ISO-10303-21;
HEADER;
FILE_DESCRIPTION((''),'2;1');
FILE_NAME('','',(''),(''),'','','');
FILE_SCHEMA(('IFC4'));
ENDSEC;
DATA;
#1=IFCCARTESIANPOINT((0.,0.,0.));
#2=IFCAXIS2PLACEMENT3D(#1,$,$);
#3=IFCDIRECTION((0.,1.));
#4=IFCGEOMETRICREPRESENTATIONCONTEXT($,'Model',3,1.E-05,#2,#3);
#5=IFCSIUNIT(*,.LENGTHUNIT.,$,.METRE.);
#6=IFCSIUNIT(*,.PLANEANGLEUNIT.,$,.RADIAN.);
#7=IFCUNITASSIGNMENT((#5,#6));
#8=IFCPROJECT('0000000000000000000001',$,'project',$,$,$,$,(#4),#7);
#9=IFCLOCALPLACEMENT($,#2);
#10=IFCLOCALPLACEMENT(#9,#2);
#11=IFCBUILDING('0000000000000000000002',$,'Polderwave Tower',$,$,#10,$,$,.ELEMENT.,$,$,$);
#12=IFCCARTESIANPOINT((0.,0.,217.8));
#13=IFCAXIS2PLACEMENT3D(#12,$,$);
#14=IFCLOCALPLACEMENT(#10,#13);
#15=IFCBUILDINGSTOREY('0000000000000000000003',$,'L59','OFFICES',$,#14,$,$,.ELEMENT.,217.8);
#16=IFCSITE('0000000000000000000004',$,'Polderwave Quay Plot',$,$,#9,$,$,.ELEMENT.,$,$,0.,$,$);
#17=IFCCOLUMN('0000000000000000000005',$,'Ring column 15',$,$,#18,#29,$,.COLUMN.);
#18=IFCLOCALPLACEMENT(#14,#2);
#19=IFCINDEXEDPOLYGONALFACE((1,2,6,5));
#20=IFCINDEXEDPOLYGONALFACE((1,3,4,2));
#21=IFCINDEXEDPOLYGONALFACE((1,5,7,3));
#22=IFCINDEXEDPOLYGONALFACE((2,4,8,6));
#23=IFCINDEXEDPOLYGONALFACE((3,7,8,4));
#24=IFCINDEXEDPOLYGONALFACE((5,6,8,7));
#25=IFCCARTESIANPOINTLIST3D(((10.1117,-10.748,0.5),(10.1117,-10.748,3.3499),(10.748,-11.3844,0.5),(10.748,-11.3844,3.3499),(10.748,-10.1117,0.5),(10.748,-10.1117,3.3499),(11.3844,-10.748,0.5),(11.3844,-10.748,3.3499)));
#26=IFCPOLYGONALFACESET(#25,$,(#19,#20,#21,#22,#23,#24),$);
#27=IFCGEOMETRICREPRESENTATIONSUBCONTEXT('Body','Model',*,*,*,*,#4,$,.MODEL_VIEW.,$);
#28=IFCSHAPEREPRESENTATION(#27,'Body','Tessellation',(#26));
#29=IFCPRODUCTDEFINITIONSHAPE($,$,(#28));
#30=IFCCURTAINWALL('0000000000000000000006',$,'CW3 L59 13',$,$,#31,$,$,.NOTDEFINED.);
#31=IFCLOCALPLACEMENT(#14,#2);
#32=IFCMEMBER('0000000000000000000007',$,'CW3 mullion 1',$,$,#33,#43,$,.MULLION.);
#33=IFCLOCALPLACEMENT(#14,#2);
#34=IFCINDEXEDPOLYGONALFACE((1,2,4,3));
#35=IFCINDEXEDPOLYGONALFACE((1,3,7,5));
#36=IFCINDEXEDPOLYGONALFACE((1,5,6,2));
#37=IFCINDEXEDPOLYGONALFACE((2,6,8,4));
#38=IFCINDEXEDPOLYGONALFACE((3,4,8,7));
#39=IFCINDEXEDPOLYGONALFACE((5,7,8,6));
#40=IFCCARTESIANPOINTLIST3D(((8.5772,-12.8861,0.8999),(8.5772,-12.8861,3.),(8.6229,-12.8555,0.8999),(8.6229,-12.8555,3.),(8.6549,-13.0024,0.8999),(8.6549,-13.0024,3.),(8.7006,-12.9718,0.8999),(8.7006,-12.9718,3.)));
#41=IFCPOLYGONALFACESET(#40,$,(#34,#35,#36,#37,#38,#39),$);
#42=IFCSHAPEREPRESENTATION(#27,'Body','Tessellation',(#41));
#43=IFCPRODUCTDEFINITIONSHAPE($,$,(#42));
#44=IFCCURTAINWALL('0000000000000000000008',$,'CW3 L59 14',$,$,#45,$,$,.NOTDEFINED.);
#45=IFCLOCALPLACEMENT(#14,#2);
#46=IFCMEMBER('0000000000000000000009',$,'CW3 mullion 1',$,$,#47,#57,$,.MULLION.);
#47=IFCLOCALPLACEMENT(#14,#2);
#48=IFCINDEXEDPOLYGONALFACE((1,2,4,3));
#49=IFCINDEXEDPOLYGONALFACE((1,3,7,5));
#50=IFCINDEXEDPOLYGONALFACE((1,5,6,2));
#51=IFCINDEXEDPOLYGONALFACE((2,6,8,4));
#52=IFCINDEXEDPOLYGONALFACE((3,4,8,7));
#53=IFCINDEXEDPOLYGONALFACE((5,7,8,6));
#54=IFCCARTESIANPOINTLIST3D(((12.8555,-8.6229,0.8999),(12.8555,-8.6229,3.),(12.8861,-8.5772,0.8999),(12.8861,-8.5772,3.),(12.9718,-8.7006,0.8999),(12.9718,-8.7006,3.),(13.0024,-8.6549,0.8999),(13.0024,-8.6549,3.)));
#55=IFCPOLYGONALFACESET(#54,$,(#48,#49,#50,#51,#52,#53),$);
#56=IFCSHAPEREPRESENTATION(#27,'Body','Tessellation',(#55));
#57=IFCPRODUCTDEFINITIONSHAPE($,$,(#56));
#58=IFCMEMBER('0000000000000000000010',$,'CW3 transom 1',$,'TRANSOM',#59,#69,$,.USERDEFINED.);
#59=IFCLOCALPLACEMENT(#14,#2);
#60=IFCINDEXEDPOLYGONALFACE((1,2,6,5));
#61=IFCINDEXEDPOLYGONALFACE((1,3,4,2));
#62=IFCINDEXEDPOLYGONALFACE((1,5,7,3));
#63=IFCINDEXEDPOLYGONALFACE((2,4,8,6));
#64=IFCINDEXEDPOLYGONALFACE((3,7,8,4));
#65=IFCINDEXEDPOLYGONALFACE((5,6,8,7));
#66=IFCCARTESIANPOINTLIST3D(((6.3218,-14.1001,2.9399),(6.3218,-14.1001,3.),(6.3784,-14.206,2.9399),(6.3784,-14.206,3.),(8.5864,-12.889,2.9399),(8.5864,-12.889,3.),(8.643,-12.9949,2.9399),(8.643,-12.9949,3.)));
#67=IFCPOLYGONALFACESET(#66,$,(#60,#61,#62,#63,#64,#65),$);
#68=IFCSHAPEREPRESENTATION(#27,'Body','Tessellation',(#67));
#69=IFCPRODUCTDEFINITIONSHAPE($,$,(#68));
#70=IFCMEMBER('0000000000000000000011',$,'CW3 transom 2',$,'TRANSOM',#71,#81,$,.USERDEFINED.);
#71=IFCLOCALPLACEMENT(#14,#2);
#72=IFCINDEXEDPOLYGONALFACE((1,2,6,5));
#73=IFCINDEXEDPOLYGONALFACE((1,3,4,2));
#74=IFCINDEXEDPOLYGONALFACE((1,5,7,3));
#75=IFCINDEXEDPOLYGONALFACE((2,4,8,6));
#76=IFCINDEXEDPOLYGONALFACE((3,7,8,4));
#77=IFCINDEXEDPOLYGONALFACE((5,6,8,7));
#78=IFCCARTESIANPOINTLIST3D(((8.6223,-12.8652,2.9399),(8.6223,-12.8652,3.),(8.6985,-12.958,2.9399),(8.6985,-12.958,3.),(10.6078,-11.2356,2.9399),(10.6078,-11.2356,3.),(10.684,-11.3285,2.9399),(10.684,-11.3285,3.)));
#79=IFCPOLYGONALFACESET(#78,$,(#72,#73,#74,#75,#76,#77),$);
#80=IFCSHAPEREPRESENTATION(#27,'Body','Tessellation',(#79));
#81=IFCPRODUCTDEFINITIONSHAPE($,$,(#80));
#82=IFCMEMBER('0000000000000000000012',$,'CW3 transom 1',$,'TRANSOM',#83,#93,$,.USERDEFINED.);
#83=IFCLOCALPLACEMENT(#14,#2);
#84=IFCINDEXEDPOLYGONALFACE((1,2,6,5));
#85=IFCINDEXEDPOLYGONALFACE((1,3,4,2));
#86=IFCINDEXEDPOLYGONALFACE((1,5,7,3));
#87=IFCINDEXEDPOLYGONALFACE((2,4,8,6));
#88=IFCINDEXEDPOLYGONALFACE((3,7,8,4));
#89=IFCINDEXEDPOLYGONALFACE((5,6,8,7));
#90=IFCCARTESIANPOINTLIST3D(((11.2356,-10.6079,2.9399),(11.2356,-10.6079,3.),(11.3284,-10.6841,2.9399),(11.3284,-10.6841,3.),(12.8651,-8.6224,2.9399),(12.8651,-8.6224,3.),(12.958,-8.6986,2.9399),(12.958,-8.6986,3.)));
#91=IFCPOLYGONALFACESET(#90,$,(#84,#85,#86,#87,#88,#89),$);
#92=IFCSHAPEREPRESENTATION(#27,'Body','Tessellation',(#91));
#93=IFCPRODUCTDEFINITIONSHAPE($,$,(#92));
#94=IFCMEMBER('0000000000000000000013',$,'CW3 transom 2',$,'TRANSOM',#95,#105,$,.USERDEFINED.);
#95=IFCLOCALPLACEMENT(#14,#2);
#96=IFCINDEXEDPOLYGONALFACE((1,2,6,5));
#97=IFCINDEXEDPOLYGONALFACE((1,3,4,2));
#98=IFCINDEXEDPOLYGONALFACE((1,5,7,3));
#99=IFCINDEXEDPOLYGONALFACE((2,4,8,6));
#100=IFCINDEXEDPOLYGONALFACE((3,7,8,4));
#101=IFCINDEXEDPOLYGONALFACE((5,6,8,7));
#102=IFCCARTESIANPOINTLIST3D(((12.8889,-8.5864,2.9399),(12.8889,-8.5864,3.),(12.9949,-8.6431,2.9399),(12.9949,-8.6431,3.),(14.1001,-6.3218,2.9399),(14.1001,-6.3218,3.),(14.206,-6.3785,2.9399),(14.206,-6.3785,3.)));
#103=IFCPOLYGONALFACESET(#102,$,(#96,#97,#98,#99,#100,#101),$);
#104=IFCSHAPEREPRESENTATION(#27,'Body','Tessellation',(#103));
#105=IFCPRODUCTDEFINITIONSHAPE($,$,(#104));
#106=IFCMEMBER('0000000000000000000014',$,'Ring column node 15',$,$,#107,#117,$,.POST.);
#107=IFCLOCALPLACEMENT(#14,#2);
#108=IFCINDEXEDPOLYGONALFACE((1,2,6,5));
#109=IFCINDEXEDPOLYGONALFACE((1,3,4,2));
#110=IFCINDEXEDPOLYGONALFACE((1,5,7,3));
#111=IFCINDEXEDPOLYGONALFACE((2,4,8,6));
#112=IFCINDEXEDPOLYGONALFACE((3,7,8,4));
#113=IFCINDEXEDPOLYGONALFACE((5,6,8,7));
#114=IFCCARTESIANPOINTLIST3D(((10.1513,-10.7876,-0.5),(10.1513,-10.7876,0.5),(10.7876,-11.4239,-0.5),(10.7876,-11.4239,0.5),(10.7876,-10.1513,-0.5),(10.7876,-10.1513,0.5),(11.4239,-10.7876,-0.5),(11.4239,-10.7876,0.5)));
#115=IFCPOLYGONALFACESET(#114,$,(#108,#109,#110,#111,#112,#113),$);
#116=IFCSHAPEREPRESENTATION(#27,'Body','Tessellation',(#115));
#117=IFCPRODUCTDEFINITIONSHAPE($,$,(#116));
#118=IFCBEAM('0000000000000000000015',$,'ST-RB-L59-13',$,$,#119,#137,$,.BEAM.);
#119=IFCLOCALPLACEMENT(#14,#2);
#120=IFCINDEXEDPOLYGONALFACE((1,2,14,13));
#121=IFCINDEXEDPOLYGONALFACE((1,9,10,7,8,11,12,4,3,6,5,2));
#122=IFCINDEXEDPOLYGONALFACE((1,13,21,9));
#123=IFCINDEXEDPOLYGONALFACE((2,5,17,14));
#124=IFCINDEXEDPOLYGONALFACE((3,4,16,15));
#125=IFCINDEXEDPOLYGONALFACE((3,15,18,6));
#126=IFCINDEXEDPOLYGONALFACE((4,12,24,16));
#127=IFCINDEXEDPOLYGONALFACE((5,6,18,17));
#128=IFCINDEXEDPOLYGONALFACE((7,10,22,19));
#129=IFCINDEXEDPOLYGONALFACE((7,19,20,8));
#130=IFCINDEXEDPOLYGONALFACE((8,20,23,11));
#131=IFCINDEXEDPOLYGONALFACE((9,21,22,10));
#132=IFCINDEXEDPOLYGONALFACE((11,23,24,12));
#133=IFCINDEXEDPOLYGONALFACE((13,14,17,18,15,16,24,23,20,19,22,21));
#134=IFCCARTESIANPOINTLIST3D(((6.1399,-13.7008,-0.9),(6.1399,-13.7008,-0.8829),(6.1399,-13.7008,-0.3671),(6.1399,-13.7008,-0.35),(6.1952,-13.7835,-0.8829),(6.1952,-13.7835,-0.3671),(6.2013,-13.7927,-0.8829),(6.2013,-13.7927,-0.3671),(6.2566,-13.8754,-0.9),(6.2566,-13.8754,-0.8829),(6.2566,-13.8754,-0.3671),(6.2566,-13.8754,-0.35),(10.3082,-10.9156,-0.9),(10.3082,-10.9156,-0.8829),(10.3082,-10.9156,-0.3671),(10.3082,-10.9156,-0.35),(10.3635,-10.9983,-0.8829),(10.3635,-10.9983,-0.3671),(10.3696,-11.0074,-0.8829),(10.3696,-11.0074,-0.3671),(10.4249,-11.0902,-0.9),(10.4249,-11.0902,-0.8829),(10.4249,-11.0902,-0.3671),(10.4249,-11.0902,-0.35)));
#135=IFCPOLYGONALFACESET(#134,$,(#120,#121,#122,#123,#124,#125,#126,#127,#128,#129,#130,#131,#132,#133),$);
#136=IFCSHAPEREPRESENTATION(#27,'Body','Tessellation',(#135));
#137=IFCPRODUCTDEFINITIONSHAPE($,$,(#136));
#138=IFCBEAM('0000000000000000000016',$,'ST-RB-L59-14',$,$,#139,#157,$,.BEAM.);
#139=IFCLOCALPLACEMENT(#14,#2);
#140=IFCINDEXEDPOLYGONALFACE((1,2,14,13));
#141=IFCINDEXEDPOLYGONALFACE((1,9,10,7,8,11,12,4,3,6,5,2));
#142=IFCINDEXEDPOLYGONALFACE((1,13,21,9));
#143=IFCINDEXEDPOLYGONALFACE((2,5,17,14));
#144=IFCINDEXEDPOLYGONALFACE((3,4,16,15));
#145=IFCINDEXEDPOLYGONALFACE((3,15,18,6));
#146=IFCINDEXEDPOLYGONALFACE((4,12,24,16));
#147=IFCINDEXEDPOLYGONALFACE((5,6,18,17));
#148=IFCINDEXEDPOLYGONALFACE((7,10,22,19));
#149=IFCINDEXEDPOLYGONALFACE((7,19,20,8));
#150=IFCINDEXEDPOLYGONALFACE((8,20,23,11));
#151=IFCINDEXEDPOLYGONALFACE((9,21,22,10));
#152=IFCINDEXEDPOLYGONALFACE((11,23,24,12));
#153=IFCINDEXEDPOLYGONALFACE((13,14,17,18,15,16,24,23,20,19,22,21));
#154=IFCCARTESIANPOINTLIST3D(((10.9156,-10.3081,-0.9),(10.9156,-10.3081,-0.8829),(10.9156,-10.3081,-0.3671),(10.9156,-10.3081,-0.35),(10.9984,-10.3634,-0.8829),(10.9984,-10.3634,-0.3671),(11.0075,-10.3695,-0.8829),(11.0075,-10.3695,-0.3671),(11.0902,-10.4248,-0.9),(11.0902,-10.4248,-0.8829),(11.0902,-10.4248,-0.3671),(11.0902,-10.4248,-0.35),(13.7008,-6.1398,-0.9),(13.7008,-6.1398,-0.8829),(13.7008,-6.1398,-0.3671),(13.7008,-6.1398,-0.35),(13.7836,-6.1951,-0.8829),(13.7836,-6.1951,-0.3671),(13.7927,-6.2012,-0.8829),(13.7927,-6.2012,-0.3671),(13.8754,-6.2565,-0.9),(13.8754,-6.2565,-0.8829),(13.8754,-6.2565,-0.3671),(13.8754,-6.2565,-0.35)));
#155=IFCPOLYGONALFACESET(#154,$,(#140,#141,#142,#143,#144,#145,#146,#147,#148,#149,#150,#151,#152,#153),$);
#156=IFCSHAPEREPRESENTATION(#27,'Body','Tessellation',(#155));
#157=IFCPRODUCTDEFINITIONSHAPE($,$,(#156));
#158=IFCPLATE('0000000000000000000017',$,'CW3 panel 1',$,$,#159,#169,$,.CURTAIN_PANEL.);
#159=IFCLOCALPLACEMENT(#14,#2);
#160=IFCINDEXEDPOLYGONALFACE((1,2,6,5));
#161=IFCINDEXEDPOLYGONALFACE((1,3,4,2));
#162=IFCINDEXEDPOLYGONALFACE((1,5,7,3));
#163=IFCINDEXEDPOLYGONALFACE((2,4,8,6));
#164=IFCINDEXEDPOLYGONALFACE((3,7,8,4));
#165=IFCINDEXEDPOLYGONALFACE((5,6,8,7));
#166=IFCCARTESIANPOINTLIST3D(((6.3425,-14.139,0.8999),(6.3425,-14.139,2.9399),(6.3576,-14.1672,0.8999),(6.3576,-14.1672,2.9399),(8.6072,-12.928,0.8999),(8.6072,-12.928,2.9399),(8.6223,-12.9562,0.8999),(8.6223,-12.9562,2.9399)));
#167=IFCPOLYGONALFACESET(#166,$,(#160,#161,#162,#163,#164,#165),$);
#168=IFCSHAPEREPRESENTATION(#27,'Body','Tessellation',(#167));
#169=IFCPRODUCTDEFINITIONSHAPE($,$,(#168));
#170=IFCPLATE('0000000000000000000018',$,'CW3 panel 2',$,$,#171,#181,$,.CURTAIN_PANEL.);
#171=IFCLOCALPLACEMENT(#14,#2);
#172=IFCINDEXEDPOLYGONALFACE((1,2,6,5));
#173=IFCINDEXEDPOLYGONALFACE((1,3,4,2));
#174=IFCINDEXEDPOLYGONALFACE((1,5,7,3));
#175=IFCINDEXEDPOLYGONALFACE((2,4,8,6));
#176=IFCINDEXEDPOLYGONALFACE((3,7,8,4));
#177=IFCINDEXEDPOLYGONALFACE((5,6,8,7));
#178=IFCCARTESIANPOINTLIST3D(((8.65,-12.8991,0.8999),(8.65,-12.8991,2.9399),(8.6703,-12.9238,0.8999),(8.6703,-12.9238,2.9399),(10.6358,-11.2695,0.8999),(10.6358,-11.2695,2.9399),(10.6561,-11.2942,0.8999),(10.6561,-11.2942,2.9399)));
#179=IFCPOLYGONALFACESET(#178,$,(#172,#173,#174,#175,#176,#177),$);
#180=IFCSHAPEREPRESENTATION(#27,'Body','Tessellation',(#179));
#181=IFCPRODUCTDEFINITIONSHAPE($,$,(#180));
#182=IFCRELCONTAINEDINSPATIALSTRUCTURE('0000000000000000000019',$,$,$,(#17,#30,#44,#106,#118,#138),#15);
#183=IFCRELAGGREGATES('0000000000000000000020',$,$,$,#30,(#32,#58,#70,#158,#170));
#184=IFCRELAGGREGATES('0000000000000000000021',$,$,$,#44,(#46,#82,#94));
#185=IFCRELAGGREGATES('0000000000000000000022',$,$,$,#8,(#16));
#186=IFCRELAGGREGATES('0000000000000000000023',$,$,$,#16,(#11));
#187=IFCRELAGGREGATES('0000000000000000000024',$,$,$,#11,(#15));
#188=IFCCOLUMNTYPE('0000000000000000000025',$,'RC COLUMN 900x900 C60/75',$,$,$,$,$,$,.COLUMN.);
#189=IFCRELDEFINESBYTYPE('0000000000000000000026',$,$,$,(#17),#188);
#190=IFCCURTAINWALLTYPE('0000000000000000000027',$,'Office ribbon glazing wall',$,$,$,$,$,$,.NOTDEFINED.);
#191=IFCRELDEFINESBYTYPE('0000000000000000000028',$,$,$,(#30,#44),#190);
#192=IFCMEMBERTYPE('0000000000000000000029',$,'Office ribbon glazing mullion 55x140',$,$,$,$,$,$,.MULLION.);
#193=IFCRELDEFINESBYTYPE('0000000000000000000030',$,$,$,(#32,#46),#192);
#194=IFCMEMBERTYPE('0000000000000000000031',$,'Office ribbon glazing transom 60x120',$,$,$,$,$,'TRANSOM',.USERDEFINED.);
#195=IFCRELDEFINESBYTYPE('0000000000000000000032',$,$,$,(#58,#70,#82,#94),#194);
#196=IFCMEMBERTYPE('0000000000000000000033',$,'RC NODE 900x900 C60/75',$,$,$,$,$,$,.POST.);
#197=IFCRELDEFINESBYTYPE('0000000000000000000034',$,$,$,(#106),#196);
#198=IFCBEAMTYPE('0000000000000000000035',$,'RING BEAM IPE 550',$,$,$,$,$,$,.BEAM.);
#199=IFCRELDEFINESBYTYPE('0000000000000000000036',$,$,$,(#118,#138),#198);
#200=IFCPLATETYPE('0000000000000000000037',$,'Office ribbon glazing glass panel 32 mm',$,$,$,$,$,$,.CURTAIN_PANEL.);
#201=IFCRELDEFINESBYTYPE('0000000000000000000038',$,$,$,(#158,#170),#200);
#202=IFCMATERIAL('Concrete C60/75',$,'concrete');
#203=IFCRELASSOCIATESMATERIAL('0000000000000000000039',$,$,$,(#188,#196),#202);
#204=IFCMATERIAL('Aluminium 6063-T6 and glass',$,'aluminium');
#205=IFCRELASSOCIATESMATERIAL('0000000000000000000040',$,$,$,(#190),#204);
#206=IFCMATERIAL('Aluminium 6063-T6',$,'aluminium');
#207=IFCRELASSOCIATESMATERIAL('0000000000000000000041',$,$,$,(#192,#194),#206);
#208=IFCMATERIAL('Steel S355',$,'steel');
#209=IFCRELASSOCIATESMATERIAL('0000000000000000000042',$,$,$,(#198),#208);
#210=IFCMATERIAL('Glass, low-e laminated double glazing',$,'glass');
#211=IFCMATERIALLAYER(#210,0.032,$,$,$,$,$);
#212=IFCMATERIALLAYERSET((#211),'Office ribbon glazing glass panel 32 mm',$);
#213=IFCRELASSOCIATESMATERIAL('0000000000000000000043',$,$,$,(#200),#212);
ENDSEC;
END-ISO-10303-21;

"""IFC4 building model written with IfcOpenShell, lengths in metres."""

from ifc_helpers import new_model, si_unit, direction, frame, origin, origin_2d, place, context, subcontext, project, spatial, rectangle, i_section, extrude, material, layer, layer_set, material_profile, profile_set, type_object, element, aggregate, save


model = new_model("IFC4")

# Units and contexts
model_context = context("Model", 3, precision=1e-05, world=origin(), true_north=direction((0.0, 1.0)))
body_context = subcontext(model_context, "Body", "Model", "MODEL_VIEW")
ifc_project = project(units=[si_unit("LENGTHUNIT", "METRE"), si_unit("PLANEANGLEUNIT", "RADIAN")], contexts=[model_context])

# Site, building, storey
site_placement = place(None, origin())
site = spatial("IfcSite", under=ifc_project, at=site_placement, Name="Polderwave Quay Plot", CompositionType="ELEMENT", RefElevation=0.0)
building_placement = place(site_placement, origin())
building = spatial("IfcBuilding", under=site, at=building_placement, Name="Polderwave Tower", CompositionType="ELEMENT")
storey_placement = place(building_placement, frame((0.0, 0.0, 217.8)))
storey = spatial("IfcBuildingStorey", under=building, at=storey_placement, Name="L59", Description="OFFICES", CompositionType="ELEMENT", Elevation=217.8)

# Column
ifc_material_1 = material(Name="Concrete C60/75", Category="concrete")
ifc_material_profile_1 = material_profile(ifc_material_1, rectangle(XDim=0.8999, YDim=0.8999, at=origin_2d()), Name="RC 900x900")
ifc_profile_set_1 = profile_set([ifc_material_profile_1], Name="Concrete C60/75")
column_type = type_object("IfcColumnType", Name="RC COLUMN 900x900 C60/75", PredefinedType="COLUMN", material=ifc_profile_set_1)
column_placement = place(storey_placement, frame((10.748, -10.748, 0.5), z_axis=(0.0, 0.0, 1.0), x_axis=(0.707107, -0.707107, 0.0)))
element("IfcColumn", 1, at=column_placement, inside=storey, type_object=column_type, Name="Ring column 15", PredefinedType="COLUMN", context=body_context, shape_type="SweptSolid", body=[
    extrude(rectangle(XDim=0.8999, YDim=0.8999, at=origin_2d()), origin(), (0.0, 0.0, 1.0), 2.8499),
])

# Curtain walls, members
ifc_material_2 = material(Name="Aluminium 6063-T6 and glass", Category="aluminium")
curtain_wall_type = type_object("IfcCurtainWallType", Name="Office ribbon glazing wall", PredefinedType="NOTDEFINED", material=ifc_material_2)
curtain_wall_1_placement = place(storey_placement, origin())
curtain_wall_1 = element("IfcCurtainWall", 2, at=curtain_wall_1_placement, inside=storey, type_object=curtain_wall_type, Name="CW3 L59 13", PredefinedType="NOTDEFINED")
ifc_material_3 = material(Name="Aluminium 6063-T6", Category="aluminium")
ifc_material_profile_2 = material_profile(ifc_material_3, rectangle(XDim=0.1399, YDim=0.0549, at=origin_2d()), Name="AL 55x140")
ifc_profile_set_2 = profile_set([ifc_material_profile_2], Name="Aluminium 6063-T6")
member_type_1 = type_object("IfcMemberType", Name="Office ribbon glazing mullion 55x140", PredefinedType="MULLION", material=ifc_profile_set_2)
member_1_placement = place(storey_placement, frame((8.6389, -12.929, 0.8999), z_axis=(0.0, 0.0, 1.0), x_axis=(-0.555628, 0.831431, 0.0)))
member_1 = element("IfcMember", 3, at=member_1_placement, type_object=member_type_1, Name="CW3 mullion 1", PredefinedType="MULLION", context=body_context, shape_type="SweptSolid", body=[
    extrude(rectangle(XDim=0.1399, YDim=0.0549, at=origin_2d()), origin(), (0.0, 0.0, 1.0), 2.1001),
])
curtain_wall_2_placement = place(storey_placement, origin())
curtain_wall_2 = element("IfcCurtainWall", 4, at=curtain_wall_2_placement, inside=storey, type_object=curtain_wall_type, Name="CW3 L59 14", PredefinedType="NOTDEFINED")
member_2_placement = place(storey_placement, frame((12.929, -8.6389, 0.8999), z_axis=(0.0, 0.0, 1.0), x_axis=(-0.831431, 0.555628, 0.0)))
member_2 = element("IfcMember", 5, at=member_2_placement, type_object=member_type_1, Name="CW3 mullion 1", PredefinedType="MULLION", context=body_context, shape_type="SweptSolid", body=[
    extrude(rectangle(XDim=0.1399, YDim=0.0549, at=origin_2d()), origin(), (0.0, 0.0, 1.0), 2.1001),
])

# Members
ifc_material_profile_3 = material_profile(ifc_material_3, rectangle(XDim=0.1201, YDim=0.0601, at=origin_2d()), Name="AL 60x120")
ifc_profile_set_3 = profile_set([ifc_material_profile_3], Name="Aluminium 6063-T6")
member_type_2 = type_object("IfcMemberType", Name="Office ribbon glazing transom 60x120", ElementType="TRANSOM", PredefinedType="USERDEFINED", material=ifc_profile_set_3)
member_3_placement = place(storey_placement, frame((6.3501, -14.1531, 2.97), z_axis=(0.881808, 0.471609, 0.0), x_axis=(-0.471609, 0.881808, 0.0)))
member_3 = element("IfcMember", 6, at=member_3_placement, type_object=member_type_2, Name="CW3 transom 1", ObjectType="TRANSOM", PredefinedType="USERDEFINED", context=body_context, shape_type="SweptSolid", body=[
    extrude(rectangle(XDim=0.1201, YDim=0.0601, at=origin_2d()), origin(), (0.0, 0.0, 1.0), 2.5681),
])
member_4_placement = place(storey_placement, frame((8.6604, -12.9116, 2.97), z_axis=(0.772991, 0.634417, 0.0), x_axis=(-0.634417, 0.772991, 0.0)))
member_4 = element("IfcMember", 7, at=member_4_placement, type_object=member_type_2, Name="CW3 transom 2", ObjectType="TRANSOM", PredefinedType="USERDEFINED", context=body_context, shape_type="SweptSolid", body=[
    extrude(rectangle(XDim=0.1201, YDim=0.0601, at=origin_2d()), origin(), (0.0, 0.0, 1.0), 2.5686),
])
member_5_placement = place(storey_placement, frame((11.282, -10.646, 2.97), z_axis=(0.634417, 0.772991, 0.0), x_axis=(-0.772991, 0.634417, 0.0)))
member_5 = element("IfcMember", 8, at=member_5_placement, type_object=member_type_2, Name="CW3 transom 1", ObjectType="TRANSOM", PredefinedType="USERDEFINED", context=body_context, shape_type="SweptSolid", body=[
    extrude(rectangle(XDim=0.1201, YDim=0.0601, at=origin_2d()), origin(), (0.0, 0.0, 1.0), 2.5686),
])
member_6_placement = place(storey_placement, frame((12.9419, -8.6147, 2.97), z_axis=(0.471609, 0.881808, 0.0), x_axis=(-0.881808, 0.471609, 0.0)))
member_6 = element("IfcMember", 9, at=member_6_placement, type_object=member_type_2, Name="CW3 transom 2", ObjectType="TRANSOM", PredefinedType="USERDEFINED", context=body_context, shape_type="SweptSolid", body=[
    extrude(rectangle(XDim=0.1201, YDim=0.0601, at=origin_2d()), origin(), (0.0, 0.0, 1.0), 2.5681),
])
ifc_material_profile_4 = material_profile(ifc_material_1, rectangle(XDim=0.8999, YDim=0.8999, at=origin_2d()), Name="RC 900x900")
ifc_profile_set_4 = profile_set([ifc_material_profile_4], Name="Concrete C60/75")
member_type_3 = type_object("IfcMemberType", Name="RC NODE 900x900 C60/75", PredefinedType="POST", material=ifc_profile_set_4)
member_7_placement = place(storey_placement, frame((10.7876, -10.7876, -0.5), z_axis=(0.0, 0.0, 1.0), x_axis=(0.707107, -0.707107, 0.0)))
element("IfcMember", 10, at=member_7_placement, inside=storey, type_object=member_type_3, Name="Ring column node 15", PredefinedType="POST", context=body_context, shape_type="SweptSolid", body=[
    extrude(rectangle(XDim=0.8999, YDim=0.8999, at=origin_2d()), origin(), (0.0, 0.0, 1.0), 1.0),
])

# Beams
ifc_material_4 = material(Name="Steel S355", Category="steel")
ifc_material_profile_5 = material_profile(ifc_material_4, i_section(OverallWidth=0.21, OverallDepth=0.55, WebThickness=0.011, FlangeThickness=0.0171, at=origin_2d()), Name="IPE 550")
ifc_profile_set_5 = profile_set([ifc_material_profile_5], Name="Steel S355")
beam_type = type_object("IfcBeamType", Name="RING BEAM IPE 550", PredefinedType="BEAM", material=ifc_profile_set_5)
for number, where, z_axis, x_axis, name in (
    (11, (6.1982, -13.7881, -0.625), (0.831465, 0.555576, 0.0), (-0.555576, 0.831465, 0.0), "ST-RB-L59-13"),
    (12, (11.0029, -10.3665, -0.625), (0.555576, 0.831465, 0.0), (-0.831465, 0.555576, 0.0), "ST-RB-L59-14"),
):
    element("IfcBeam", number, at=place(storey_placement, frame(where, z_axis=z_axis, x_axis=x_axis)), inside=storey, type_object=beam_type, Name=name, PredefinedType="BEAM", context=body_context, shape_type="SweptSolid", body=[
        extrude(i_section(OverallWidth=0.21, OverallDepth=0.55, WebThickness=0.011, FlangeThickness=0.0171, at=origin_2d()), origin(), (0.0, 0.0, 1.0), 5.0132),
    ])

# Plates
ifc_material_5 = material(Name="Glass, low-e laminated double glazing", Category="glass")
ifc_layer_1 = layer(ifc_material_5, 0.032)
ifc_layer_set_1 = layer_set([ifc_layer_1], Name="Office ribbon glazing glass panel 32 mm")
plate_type = type_object("IfcPlateType", Name="Office ribbon glazing glass panel 32 mm", PredefinedType="CURTAIN_PANEL", material=ifc_layer_set_1)
plate_1_placement = place(storey_placement, frame((7.4824, -13.5476, 0.8999), z_axis=(0.0, 0.0, 1.0), x_axis=(0.881841, 0.471548, 0.0)))
plate_1 = element("IfcPlate", 13, at=plate_1_placement, type_object=plate_type, Name="CW3 panel 1", PredefinedType="CURTAIN_PANEL", context=body_context, shape_type="SweptSolid", body=[
    extrude(rectangle(XDim=2.5681, YDim=0.032, at=origin_2d()), origin(), (0.0, 0.0, 1.0), 2.04),
])
plate_2_placement = place(storey_placement, frame((9.6531, -12.0967, 0.8999), z_axis=(0.0, 0.0, 1.0), x_axis=(0.773029, 0.63437, 0.0)))
plate_2 = element("IfcPlate", 14, at=plate_2_placement, type_object=plate_type, Name="CW3 panel 2", PredefinedType="CURTAIN_PANEL", context=body_context, shape_type="SweptSolid", body=[
    extrude(rectangle(XDim=2.5688, YDim=0.032, at=origin_2d()), origin(), (0.0, 0.0, 1.0), 2.04),
])
aggregate(curtain_wall_1, [member_1, member_3, member_4, plate_1, plate_2])
aggregate(curtain_wall_2, [member_2, member_5, member_6])

save(model, "model.ifc")
